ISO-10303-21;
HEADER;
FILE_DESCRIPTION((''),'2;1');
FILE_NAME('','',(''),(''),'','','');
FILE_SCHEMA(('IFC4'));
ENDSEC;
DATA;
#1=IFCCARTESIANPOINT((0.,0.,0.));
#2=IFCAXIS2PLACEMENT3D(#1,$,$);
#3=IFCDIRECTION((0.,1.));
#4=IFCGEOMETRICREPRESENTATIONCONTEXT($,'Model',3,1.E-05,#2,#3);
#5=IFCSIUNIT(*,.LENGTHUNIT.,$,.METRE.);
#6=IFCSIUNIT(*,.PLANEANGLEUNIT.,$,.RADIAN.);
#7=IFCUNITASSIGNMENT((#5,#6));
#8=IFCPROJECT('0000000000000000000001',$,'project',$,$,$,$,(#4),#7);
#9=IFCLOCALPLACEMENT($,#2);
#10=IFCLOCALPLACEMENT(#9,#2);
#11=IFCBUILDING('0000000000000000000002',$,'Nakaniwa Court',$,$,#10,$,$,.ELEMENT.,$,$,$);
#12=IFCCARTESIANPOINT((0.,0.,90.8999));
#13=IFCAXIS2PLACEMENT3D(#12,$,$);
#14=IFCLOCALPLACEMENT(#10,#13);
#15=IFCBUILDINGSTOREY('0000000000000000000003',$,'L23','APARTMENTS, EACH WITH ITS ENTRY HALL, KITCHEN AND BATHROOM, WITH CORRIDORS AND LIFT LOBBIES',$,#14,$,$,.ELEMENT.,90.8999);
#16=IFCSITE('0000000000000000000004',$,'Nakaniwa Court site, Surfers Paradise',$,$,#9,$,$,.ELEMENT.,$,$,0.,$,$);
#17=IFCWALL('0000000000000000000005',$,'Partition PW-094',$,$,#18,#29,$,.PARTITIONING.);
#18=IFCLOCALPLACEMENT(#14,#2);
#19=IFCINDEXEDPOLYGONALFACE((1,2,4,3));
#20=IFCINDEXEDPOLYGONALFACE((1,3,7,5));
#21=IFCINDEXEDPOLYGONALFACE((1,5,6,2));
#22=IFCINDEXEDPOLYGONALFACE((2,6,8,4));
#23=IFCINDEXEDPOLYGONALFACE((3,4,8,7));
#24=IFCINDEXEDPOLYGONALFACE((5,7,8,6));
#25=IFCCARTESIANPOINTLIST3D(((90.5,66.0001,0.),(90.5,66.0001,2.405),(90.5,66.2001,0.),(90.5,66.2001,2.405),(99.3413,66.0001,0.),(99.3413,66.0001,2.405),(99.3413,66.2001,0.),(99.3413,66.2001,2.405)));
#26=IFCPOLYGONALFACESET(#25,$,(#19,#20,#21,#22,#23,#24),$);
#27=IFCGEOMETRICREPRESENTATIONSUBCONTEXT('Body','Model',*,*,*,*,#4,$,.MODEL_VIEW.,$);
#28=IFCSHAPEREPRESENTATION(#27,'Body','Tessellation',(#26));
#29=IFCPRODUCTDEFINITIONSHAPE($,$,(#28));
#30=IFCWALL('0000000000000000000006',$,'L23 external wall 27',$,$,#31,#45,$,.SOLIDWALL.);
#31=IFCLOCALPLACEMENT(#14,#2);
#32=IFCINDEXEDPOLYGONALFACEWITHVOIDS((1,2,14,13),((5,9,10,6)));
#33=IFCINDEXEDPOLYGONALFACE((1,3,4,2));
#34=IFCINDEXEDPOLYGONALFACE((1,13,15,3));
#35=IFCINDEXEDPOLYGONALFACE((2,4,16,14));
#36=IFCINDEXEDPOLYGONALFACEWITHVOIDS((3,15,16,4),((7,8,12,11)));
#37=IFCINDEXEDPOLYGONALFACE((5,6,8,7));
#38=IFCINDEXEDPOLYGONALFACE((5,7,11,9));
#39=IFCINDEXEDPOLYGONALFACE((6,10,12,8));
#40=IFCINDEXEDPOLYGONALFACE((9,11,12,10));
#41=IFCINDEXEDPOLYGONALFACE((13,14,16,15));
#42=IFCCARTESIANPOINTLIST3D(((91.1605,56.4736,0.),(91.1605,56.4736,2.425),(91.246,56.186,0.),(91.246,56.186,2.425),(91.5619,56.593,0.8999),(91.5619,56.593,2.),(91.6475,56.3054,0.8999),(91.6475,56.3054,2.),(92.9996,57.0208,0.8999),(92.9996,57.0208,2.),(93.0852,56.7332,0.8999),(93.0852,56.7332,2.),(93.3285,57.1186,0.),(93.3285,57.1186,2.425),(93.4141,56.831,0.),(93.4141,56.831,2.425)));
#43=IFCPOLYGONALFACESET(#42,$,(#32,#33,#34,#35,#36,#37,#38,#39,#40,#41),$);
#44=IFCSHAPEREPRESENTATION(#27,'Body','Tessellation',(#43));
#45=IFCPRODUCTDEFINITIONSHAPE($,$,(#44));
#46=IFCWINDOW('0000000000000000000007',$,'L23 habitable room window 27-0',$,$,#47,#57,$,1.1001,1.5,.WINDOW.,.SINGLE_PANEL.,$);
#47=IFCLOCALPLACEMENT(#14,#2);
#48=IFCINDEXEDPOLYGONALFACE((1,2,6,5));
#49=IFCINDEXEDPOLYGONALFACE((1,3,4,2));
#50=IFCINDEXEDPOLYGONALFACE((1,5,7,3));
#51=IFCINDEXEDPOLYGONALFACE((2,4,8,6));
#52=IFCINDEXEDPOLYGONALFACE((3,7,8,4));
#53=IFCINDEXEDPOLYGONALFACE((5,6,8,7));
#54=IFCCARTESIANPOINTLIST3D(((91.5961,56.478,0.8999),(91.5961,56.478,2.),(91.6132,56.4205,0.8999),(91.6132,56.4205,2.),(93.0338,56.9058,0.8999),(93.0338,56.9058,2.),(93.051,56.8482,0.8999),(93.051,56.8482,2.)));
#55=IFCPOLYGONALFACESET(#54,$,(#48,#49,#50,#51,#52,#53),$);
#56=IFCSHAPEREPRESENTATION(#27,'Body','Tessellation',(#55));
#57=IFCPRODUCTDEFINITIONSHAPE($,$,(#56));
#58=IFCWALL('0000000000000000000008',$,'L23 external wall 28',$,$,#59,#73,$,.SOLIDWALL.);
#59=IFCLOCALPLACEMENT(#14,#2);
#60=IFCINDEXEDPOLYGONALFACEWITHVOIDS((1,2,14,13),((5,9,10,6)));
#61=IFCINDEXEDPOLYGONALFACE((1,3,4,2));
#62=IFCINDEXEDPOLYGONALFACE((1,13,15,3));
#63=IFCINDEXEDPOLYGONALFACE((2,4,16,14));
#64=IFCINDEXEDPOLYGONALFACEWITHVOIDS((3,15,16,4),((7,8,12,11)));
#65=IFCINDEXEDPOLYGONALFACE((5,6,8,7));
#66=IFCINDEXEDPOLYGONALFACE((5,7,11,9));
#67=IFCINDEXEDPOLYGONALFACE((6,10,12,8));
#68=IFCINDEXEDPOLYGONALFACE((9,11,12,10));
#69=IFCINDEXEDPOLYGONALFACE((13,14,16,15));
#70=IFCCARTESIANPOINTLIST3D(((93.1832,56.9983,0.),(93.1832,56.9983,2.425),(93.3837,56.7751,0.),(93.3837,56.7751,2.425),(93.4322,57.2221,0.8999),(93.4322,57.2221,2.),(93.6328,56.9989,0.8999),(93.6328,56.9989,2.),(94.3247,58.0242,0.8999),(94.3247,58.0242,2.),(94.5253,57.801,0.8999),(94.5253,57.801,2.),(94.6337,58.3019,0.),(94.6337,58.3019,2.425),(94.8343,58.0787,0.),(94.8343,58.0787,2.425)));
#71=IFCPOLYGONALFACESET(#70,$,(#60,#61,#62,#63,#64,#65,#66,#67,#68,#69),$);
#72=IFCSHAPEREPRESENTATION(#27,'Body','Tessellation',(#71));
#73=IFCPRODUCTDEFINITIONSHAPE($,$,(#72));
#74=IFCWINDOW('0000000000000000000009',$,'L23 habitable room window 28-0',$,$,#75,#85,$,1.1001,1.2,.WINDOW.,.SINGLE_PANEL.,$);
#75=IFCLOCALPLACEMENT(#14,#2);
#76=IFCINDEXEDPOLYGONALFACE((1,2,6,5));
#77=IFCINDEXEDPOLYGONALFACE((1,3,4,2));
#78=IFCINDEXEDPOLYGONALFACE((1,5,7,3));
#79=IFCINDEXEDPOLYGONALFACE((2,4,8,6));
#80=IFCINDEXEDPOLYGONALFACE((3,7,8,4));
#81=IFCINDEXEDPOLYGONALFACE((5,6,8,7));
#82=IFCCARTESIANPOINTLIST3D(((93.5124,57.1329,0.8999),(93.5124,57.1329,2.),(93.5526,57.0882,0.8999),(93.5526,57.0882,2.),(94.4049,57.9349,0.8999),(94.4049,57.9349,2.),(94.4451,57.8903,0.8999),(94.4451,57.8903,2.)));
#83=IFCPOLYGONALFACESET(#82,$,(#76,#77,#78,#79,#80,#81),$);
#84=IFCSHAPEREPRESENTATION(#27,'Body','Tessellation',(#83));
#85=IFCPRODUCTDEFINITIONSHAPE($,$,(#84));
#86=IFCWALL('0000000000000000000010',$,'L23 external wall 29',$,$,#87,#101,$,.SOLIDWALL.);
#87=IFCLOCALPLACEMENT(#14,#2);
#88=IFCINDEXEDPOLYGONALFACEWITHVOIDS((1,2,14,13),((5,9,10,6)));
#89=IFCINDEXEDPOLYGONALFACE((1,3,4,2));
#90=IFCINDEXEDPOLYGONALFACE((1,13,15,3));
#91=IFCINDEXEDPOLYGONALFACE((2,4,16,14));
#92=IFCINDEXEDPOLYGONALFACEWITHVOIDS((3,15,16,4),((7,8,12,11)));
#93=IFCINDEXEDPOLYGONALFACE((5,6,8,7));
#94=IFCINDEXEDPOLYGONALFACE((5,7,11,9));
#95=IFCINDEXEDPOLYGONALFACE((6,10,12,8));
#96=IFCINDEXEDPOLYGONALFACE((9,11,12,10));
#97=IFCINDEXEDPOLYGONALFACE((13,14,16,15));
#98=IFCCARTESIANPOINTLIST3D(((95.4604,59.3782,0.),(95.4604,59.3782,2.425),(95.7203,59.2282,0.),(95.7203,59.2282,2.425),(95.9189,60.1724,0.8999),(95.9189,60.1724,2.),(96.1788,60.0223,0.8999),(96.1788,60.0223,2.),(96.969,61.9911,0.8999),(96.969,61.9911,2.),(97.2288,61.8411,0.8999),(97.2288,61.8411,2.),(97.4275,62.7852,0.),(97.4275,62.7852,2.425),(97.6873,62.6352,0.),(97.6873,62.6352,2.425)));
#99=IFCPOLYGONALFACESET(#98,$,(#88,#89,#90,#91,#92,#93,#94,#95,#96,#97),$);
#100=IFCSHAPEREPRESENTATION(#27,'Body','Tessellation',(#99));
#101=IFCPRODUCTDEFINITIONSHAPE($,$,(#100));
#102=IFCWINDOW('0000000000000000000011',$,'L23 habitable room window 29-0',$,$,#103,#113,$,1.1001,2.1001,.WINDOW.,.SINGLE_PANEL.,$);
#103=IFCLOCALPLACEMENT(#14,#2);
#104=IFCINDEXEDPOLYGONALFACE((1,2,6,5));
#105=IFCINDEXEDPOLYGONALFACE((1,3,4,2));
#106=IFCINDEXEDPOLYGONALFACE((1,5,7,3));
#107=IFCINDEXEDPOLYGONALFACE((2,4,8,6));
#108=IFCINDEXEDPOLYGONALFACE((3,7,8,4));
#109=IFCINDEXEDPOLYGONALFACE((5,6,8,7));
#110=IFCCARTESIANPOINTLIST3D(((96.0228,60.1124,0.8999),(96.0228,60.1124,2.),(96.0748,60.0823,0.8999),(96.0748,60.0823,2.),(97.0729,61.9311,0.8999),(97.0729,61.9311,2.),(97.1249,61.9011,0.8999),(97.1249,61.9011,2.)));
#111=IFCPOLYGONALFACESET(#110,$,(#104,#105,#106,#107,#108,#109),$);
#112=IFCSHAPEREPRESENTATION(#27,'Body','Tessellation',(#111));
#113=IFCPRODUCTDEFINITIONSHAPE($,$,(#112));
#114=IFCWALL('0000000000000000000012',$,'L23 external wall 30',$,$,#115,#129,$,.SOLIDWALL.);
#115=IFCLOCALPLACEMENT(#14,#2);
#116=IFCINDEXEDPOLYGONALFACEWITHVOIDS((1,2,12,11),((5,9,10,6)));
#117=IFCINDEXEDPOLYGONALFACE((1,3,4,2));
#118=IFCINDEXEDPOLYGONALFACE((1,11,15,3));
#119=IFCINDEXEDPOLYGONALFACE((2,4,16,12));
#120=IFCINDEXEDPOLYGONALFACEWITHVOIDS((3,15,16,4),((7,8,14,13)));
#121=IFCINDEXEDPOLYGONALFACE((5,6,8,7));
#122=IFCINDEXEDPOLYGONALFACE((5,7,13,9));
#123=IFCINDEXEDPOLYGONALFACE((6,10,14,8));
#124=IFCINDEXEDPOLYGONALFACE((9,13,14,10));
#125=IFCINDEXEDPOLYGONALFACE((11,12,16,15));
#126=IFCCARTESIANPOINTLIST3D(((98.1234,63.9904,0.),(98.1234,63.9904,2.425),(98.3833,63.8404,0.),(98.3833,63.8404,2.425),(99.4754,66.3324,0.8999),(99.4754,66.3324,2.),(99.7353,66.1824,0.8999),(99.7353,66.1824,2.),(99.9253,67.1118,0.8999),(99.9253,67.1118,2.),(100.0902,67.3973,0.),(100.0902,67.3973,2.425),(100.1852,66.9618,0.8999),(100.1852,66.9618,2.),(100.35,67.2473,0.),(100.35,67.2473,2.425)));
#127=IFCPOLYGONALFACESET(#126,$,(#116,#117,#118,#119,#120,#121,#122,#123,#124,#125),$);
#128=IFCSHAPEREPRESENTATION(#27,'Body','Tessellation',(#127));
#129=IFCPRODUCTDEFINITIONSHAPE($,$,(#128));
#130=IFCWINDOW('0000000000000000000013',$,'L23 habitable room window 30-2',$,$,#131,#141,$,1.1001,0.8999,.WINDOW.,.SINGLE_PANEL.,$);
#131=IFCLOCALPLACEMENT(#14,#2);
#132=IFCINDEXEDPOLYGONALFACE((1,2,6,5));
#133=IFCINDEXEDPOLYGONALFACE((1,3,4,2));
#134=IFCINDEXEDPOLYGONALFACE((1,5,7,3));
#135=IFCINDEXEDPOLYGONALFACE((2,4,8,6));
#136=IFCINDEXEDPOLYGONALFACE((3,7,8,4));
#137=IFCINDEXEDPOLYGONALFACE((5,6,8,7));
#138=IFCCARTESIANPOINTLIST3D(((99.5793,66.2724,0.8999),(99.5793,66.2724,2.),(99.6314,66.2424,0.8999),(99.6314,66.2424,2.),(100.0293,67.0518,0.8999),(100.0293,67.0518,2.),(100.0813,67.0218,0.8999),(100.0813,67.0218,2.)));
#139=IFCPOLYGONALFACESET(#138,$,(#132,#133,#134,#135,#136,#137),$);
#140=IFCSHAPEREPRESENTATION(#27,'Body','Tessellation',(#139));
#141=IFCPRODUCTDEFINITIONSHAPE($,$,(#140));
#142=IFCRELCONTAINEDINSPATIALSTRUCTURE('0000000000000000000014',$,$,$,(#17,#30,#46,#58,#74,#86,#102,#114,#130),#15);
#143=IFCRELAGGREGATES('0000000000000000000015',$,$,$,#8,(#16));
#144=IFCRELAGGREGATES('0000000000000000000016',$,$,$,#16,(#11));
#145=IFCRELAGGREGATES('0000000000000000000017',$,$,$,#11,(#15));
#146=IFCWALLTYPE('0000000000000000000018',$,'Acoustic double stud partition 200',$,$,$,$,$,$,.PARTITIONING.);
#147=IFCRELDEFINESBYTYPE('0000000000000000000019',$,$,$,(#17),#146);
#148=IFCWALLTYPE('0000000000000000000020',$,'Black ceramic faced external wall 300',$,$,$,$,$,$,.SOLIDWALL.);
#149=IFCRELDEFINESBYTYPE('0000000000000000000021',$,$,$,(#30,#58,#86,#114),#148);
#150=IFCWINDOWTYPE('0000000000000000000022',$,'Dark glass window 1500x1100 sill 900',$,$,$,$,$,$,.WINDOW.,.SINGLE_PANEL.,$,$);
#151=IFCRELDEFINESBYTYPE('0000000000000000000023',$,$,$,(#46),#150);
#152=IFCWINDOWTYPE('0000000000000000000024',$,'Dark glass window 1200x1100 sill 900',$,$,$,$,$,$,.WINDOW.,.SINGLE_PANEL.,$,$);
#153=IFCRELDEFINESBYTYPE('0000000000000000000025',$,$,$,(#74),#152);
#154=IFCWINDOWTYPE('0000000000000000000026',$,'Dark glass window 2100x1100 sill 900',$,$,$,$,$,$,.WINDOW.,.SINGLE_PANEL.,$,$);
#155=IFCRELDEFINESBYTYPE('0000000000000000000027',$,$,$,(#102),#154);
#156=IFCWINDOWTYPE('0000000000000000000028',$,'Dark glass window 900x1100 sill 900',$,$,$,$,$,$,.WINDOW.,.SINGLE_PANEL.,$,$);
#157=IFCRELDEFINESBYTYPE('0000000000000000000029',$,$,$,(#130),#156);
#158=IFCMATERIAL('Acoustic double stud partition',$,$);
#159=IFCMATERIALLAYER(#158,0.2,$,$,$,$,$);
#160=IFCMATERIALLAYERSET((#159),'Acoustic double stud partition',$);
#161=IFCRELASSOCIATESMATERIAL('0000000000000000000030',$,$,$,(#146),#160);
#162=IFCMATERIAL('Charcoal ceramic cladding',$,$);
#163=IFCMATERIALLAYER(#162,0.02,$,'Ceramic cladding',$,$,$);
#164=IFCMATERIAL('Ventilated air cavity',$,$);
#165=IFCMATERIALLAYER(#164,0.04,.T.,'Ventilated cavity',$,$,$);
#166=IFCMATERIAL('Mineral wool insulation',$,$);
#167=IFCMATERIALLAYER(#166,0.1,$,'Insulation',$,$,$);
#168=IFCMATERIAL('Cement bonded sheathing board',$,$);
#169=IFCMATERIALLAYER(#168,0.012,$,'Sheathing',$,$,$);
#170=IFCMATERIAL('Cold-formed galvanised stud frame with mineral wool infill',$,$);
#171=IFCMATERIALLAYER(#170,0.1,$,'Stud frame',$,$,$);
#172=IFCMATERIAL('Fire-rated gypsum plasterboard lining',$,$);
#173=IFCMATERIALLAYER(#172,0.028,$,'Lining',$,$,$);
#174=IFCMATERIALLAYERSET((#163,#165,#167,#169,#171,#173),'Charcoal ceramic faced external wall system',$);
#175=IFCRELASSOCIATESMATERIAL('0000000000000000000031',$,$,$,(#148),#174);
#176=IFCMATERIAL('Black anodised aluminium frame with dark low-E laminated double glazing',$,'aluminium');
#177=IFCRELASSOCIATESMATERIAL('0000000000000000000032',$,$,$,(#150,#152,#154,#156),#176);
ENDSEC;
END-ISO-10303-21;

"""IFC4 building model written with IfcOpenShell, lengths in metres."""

from ifc_helpers import new_model, si_unit, direction, frame, frame_2d, origin, place, context, subcontext, project, spatial, rectangle, extrude, material, layer, layer_set, type_object, element, fill, save


model = new_model("IFC4")

# Units and contexts
model_context = context("Model", 3, precision=1e-05, world=origin(), true_north=direction((0.0, 1.0)))
body_context = subcontext(model_context, "Body", "Model", "MODEL_VIEW")
ifc_project = project(units=[si_unit("LENGTHUNIT", "METRE"), si_unit("PLANEANGLEUNIT", "RADIAN")], contexts=[model_context])

# Site, building, storey
site_placement = place(None, origin())
site = spatial("IfcSite", under=ifc_project, at=site_placement, Name="Nakaniwa Court site, Surfers Paradise", CompositionType="ELEMENT", RefElevation=0.0)
building_placement = place(site_placement, origin())
building = spatial("IfcBuilding", under=site, at=building_placement, Name="Nakaniwa Court", CompositionType="ELEMENT")
storey_placement = place(building_placement, frame((0.0, 0.0, 90.8999)))
storey = spatial("IfcBuildingStorey", under=building, at=storey_placement, Name="L23", Description="APARTMENTS, EACH WITH ITS ENTRY HALL, KITCHEN AND BATHROOM, WITH CORRIDORS AND LIFT LOBBIES", CompositionType="ELEMENT", Elevation=90.8999)

# Wall
ifc_material_1 = material(Name="Acoustic double stud partition")
ifc_layer_1 = layer(ifc_material_1, 0.2)
ifc_layer_set_1 = layer_set([ifc_layer_1], Name="Acoustic double stud partition")
wall_type_1 = type_object("IfcWallType", Name="Acoustic double stud partition 200", PredefinedType="PARTITIONING", material=ifc_layer_set_1)
wall_1_placement = place(storey_placement, frame((90.5, 66.1001, 0.0), z_axis=(0.0, 0.0, 1.0), x_axis=(1.0, 0.0, 0.0)))
element("IfcWall", 1, at=wall_1_placement, inside=storey, type_object=wall_type_1, Name="Partition PW-094", PredefinedType="PARTITIONING", context=body_context, shape_type="SweptSolid", body=[
    extrude(rectangle(XDim=8.8413, YDim=0.2, at=frame_2d((4.4207, 0.0))), origin(), (0.0, 0.0, 1.0), 2.405),
])

# Walls, openings, windows
ifc_material_2 = material(Name="Charcoal ceramic cladding")
ifc_layer_2 = layer(ifc_material_2, 0.02, Name="Ceramic cladding")
ifc_material_3 = material(Name="Ventilated air cavity")
ifc_layer_3 = layer(ifc_material_3, 0.04, ventilated=True, Name="Ventilated cavity")
ifc_material_4 = material(Name="Mineral wool insulation")
ifc_layer_4 = layer(ifc_material_4, 0.1, Name="Insulation")
ifc_material_5 = material(Name="Cement bonded sheathing board")
ifc_layer_5 = layer(ifc_material_5, 0.012, Name="Sheathing")
ifc_material_6 = material(Name="Cold-formed galvanised stud frame with mineral wool infill")
ifc_layer_6 = layer(ifc_material_6, 0.1, Name="Stud frame")
ifc_material_7 = material(Name="Fire-rated gypsum plasterboard lining")
ifc_layer_7 = layer(ifc_material_7, 0.028, Name="Lining")
ifc_layer_set_2 = layer_set([ifc_layer_2, ifc_layer_3, ifc_layer_4, ifc_layer_5, ifc_layer_6, ifc_layer_7], Name="Charcoal ceramic faced external wall system")
wall_type_2 = type_object("IfcWallType", Name="Black ceramic faced external wall 300", PredefinedType="SOLIDWALL", material=ifc_layer_set_2)
wall_2_placement = place(storey_placement, frame((91.2034, 56.3298, 0.0), z_axis=(0.0, 0.0, 1.0), x_axis=(0.958477, 0.285169, 0.0)))
wall_2 = element("IfcWall", 2, at=wall_2_placement, inside=storey, type_object=wall_type_2, Name="L23 external wall 27", PredefinedType="SOLIDWALL", context=body_context, shape_type="SweptSolid", body=[
    extrude(rectangle(XDim=2.262, YDim=0.3, at=frame_2d((1.1309, 0.0))), origin(), (0.0, 0.0, 1.0), 2.425),
])
opening_1_placement = place(wall_2_placement, frame((0.4187, 0.0, 0.8999)))
opening_1 = element("IfcOpeningElement", 3, at=opening_1_placement, cuts=wall_2, PredefinedType="OPENING", context=body_context, shape_type="SweptSolid", body=[
    extrude(rectangle(XDim=1.5, YDim=1.1001, at=frame_2d((0.75, 0.55))), frame((0.0, 0.1599, 0.0), z_axis=(0.0, -1.0, 0.0), x_axis=(1.0, 0.0, 0.0)), (0.0, 0.0, 1.0), 0.3201),
])
ifc_material_8 = material(Name="Black anodised aluminium frame with dark low-E laminated double glazing", Category="aluminium")
window_type_1 = type_object("IfcWindowType", Name="Dark glass window 1500x1100 sill 900", PartitioningType="SINGLE_PANEL", PredefinedType="WINDOW", material=ifc_material_8)
window_1_placement = place(opening_1_placement, origin())
window_1 = element("IfcWindow", 4, at=window_1_placement, inside=storey, type_object=window_type_1, Name="L23 habitable room window 27-0", OverallHeight=1.1001, OverallWidth=1.5, PartitioningType="SINGLE_PANEL", PredefinedType="WINDOW", context=body_context, shape_type="SweptSolid", body=[
    extrude(rectangle(XDim=1.5, YDim=1.1001, at=frame_2d((0.75, 0.55))), frame((0.0, 0.03, 0.0), z_axis=(0.0, -1.0, 0.0), x_axis=(1.0, 0.0, 0.0)), (0.0, 0.0, 1.0), 0.0601),
])
fill(opening_1, window_1)
wall_3_placement = place(storey_placement, frame((93.2834, 56.8867, 0.0), z_axis=(0.0, 0.0, 1.0), x_axis=(0.743786, 0.668418, 0.0)))
wall_3 = element("IfcWall", 5, at=wall_3_placement, inside=storey, type_object=wall_type_2, Name="L23 external wall 28", PredefinedType="SOLIDWALL", context=body_context, shape_type="SweptSolid", body=[
    extrude(rectangle(XDim=1.9502, YDim=0.3, at=frame_2d((0.9751, 0.0))), origin(), (0.0, 0.0, 1.0), 2.425),
])
opening_2_placement = place(wall_3_placement, frame((0.3347, 0.0, 0.8999)))
opening_2 = element("IfcOpeningElement", 6, at=opening_2_placement, cuts=wall_3, PredefinedType="OPENING", context=body_context, shape_type="SweptSolid", body=[
    extrude(rectangle(XDim=1.2, YDim=1.1001, at=frame_2d((0.6001, 0.55))), frame((0.0, 0.1599, 0.0), z_axis=(0.0, -1.0, 0.0), x_axis=(1.0, 0.0, 0.0)), (0.0, 0.0, 1.0), 0.3201),
])
window_type_2 = type_object("IfcWindowType", Name="Dark glass window 1200x1100 sill 900", PartitioningType="SINGLE_PANEL", PredefinedType="WINDOW", material=ifc_material_8)
window_2_placement = place(opening_2_placement, origin())
window_2 = element("IfcWindow", 7, at=window_2_placement, inside=storey, type_object=window_type_2, Name="L23 habitable room window 28-0", OverallHeight=1.1001, OverallWidth=1.2, PartitioningType="SINGLE_PANEL", PredefinedType="WINDOW", context=body_context, shape_type="SweptSolid", body=[
    extrude(rectangle(XDim=1.2, YDim=1.1001, at=frame_2d((0.6001, 0.55))), frame((0.0, 0.03, 0.0), z_axis=(0.0, -1.0, 0.0), x_axis=(1.0, 0.0, 0.0)), (0.0, 0.0, 1.0), 0.0601),
])
fill(opening_2, window_2)
wall_4_placement = place(storey_placement, frame((95.5903, 59.3032, 0.0), z_axis=(0.0, 0.0, 1.0), x_axis=(0.500004, 0.866023, 0.0)))
wall_4 = element("IfcWall", 8, at=wall_4_placement, inside=storey, type_object=wall_type_2, Name="L23 external wall 29", PredefinedType="SOLIDWALL", context=body_context, shape_type="SweptSolid", body=[
    extrude(rectangle(XDim=3.9341, YDim=0.3, at=frame_2d((1.967, 0.0))), origin(), (0.0, 0.0, 1.0), 2.425),
])
opening_3_placement = place(wall_4_placement, frame((0.917, 0.0, 0.8999)))
opening_3 = element("IfcOpeningElement", 9, at=opening_3_placement, cuts=wall_4, PredefinedType="OPENING", context=body_context, shape_type="SweptSolid", body=[
    extrude(rectangle(XDim=2.1001, YDim=1.1001, at=frame_2d((1.05, 0.55))), frame((0.0, 0.1599, 0.0), z_axis=(0.0, -1.0, 0.0), x_axis=(1.0, 0.0, 0.0)), (0.0, 0.0, 1.0), 0.3201),
])
window_type_3 = type_object("IfcWindowType", Name="Dark glass window 2100x1100 sill 900", PartitioningType="SINGLE_PANEL", PredefinedType="WINDOW", material=ifc_material_8)
window_3_placement = place(opening_3_placement, origin())
window_3 = element("IfcWindow", 10, at=window_3_placement, inside=storey, type_object=window_type_3, Name="L23 habitable room window 29-0", OverallHeight=1.1001, OverallWidth=2.1001, PartitioningType="SINGLE_PANEL", PredefinedType="WINDOW", context=body_context, shape_type="SweptSolid", body=[
    extrude(rectangle(XDim=2.1001, YDim=1.1001, at=frame_2d((1.05, 0.55))), frame((0.0, 0.03, 0.0), z_axis=(0.0, -1.0, 0.0), x_axis=(1.0, 0.0, 0.0)), (0.0, 0.0, 1.0), 0.0601),
])
fill(opening_3, window_3)
wall_5_placement = place(storey_placement, frame((98.2534, 63.9155, 0.0), z_axis=(0.0, 0.0, 1.0), x_axis=(0.499957, 0.86605, 0.0)))
wall_5 = element("IfcWall", 11, at=wall_5_placement, inside=storey, type_object=wall_type_2, Name="L23 external wall 30", PredefinedType="SOLIDWALL", context=body_context, shape_type="SweptSolid", body=[
    extrude(rectangle(XDim=3.9338, YDim=0.3, at=frame_2d((1.9668, 0.0))), origin(), (0.0, 0.0, 1.0), 2.425),
])
opening_4_placement = place(wall_5_placement, frame((2.7041, 0.0, 0.8999)))
opening_4 = element("IfcOpeningElement", 12, at=opening_4_placement, cuts=wall_5, PredefinedType="OPENING", context=body_context, shape_type="SweptSolid", body=[
    extrude(rectangle(XDim=0.8999, YDim=1.1001, at=frame_2d((0.45, 0.55))), frame((0.0, 0.1599, 0.0), z_axis=(0.0, -1.0, 0.0), x_axis=(1.0, 0.0, 0.0)), (0.0, 0.0, 1.0), 0.3201),
])
window_type_4 = type_object("IfcWindowType", Name="Dark glass window 900x1100 sill 900", PartitioningType="SINGLE_PANEL", PredefinedType="WINDOW", material=ifc_material_8)
window_4_placement = place(opening_4_placement, origin())
window_4 = element("IfcWindow", 13, at=window_4_placement, inside=storey, type_object=window_type_4, Name="L23 habitable room window 30-2", OverallHeight=1.1001, OverallWidth=0.8999, PartitioningType="SINGLE_PANEL", PredefinedType="WINDOW", context=body_context, shape_type="SweptSolid", body=[
    extrude(rectangle(XDim=0.8999, YDim=1.1001, at=frame_2d((0.45, 0.55))), frame((0.0, 0.03, 0.0), z_axis=(0.0, -1.0, 0.0), x_axis=(1.0, 0.0, 0.0)), (0.0, 0.0, 1.0), 0.0601),
])
fill(opening_4, window_4)

save(model, "model.ifc")
